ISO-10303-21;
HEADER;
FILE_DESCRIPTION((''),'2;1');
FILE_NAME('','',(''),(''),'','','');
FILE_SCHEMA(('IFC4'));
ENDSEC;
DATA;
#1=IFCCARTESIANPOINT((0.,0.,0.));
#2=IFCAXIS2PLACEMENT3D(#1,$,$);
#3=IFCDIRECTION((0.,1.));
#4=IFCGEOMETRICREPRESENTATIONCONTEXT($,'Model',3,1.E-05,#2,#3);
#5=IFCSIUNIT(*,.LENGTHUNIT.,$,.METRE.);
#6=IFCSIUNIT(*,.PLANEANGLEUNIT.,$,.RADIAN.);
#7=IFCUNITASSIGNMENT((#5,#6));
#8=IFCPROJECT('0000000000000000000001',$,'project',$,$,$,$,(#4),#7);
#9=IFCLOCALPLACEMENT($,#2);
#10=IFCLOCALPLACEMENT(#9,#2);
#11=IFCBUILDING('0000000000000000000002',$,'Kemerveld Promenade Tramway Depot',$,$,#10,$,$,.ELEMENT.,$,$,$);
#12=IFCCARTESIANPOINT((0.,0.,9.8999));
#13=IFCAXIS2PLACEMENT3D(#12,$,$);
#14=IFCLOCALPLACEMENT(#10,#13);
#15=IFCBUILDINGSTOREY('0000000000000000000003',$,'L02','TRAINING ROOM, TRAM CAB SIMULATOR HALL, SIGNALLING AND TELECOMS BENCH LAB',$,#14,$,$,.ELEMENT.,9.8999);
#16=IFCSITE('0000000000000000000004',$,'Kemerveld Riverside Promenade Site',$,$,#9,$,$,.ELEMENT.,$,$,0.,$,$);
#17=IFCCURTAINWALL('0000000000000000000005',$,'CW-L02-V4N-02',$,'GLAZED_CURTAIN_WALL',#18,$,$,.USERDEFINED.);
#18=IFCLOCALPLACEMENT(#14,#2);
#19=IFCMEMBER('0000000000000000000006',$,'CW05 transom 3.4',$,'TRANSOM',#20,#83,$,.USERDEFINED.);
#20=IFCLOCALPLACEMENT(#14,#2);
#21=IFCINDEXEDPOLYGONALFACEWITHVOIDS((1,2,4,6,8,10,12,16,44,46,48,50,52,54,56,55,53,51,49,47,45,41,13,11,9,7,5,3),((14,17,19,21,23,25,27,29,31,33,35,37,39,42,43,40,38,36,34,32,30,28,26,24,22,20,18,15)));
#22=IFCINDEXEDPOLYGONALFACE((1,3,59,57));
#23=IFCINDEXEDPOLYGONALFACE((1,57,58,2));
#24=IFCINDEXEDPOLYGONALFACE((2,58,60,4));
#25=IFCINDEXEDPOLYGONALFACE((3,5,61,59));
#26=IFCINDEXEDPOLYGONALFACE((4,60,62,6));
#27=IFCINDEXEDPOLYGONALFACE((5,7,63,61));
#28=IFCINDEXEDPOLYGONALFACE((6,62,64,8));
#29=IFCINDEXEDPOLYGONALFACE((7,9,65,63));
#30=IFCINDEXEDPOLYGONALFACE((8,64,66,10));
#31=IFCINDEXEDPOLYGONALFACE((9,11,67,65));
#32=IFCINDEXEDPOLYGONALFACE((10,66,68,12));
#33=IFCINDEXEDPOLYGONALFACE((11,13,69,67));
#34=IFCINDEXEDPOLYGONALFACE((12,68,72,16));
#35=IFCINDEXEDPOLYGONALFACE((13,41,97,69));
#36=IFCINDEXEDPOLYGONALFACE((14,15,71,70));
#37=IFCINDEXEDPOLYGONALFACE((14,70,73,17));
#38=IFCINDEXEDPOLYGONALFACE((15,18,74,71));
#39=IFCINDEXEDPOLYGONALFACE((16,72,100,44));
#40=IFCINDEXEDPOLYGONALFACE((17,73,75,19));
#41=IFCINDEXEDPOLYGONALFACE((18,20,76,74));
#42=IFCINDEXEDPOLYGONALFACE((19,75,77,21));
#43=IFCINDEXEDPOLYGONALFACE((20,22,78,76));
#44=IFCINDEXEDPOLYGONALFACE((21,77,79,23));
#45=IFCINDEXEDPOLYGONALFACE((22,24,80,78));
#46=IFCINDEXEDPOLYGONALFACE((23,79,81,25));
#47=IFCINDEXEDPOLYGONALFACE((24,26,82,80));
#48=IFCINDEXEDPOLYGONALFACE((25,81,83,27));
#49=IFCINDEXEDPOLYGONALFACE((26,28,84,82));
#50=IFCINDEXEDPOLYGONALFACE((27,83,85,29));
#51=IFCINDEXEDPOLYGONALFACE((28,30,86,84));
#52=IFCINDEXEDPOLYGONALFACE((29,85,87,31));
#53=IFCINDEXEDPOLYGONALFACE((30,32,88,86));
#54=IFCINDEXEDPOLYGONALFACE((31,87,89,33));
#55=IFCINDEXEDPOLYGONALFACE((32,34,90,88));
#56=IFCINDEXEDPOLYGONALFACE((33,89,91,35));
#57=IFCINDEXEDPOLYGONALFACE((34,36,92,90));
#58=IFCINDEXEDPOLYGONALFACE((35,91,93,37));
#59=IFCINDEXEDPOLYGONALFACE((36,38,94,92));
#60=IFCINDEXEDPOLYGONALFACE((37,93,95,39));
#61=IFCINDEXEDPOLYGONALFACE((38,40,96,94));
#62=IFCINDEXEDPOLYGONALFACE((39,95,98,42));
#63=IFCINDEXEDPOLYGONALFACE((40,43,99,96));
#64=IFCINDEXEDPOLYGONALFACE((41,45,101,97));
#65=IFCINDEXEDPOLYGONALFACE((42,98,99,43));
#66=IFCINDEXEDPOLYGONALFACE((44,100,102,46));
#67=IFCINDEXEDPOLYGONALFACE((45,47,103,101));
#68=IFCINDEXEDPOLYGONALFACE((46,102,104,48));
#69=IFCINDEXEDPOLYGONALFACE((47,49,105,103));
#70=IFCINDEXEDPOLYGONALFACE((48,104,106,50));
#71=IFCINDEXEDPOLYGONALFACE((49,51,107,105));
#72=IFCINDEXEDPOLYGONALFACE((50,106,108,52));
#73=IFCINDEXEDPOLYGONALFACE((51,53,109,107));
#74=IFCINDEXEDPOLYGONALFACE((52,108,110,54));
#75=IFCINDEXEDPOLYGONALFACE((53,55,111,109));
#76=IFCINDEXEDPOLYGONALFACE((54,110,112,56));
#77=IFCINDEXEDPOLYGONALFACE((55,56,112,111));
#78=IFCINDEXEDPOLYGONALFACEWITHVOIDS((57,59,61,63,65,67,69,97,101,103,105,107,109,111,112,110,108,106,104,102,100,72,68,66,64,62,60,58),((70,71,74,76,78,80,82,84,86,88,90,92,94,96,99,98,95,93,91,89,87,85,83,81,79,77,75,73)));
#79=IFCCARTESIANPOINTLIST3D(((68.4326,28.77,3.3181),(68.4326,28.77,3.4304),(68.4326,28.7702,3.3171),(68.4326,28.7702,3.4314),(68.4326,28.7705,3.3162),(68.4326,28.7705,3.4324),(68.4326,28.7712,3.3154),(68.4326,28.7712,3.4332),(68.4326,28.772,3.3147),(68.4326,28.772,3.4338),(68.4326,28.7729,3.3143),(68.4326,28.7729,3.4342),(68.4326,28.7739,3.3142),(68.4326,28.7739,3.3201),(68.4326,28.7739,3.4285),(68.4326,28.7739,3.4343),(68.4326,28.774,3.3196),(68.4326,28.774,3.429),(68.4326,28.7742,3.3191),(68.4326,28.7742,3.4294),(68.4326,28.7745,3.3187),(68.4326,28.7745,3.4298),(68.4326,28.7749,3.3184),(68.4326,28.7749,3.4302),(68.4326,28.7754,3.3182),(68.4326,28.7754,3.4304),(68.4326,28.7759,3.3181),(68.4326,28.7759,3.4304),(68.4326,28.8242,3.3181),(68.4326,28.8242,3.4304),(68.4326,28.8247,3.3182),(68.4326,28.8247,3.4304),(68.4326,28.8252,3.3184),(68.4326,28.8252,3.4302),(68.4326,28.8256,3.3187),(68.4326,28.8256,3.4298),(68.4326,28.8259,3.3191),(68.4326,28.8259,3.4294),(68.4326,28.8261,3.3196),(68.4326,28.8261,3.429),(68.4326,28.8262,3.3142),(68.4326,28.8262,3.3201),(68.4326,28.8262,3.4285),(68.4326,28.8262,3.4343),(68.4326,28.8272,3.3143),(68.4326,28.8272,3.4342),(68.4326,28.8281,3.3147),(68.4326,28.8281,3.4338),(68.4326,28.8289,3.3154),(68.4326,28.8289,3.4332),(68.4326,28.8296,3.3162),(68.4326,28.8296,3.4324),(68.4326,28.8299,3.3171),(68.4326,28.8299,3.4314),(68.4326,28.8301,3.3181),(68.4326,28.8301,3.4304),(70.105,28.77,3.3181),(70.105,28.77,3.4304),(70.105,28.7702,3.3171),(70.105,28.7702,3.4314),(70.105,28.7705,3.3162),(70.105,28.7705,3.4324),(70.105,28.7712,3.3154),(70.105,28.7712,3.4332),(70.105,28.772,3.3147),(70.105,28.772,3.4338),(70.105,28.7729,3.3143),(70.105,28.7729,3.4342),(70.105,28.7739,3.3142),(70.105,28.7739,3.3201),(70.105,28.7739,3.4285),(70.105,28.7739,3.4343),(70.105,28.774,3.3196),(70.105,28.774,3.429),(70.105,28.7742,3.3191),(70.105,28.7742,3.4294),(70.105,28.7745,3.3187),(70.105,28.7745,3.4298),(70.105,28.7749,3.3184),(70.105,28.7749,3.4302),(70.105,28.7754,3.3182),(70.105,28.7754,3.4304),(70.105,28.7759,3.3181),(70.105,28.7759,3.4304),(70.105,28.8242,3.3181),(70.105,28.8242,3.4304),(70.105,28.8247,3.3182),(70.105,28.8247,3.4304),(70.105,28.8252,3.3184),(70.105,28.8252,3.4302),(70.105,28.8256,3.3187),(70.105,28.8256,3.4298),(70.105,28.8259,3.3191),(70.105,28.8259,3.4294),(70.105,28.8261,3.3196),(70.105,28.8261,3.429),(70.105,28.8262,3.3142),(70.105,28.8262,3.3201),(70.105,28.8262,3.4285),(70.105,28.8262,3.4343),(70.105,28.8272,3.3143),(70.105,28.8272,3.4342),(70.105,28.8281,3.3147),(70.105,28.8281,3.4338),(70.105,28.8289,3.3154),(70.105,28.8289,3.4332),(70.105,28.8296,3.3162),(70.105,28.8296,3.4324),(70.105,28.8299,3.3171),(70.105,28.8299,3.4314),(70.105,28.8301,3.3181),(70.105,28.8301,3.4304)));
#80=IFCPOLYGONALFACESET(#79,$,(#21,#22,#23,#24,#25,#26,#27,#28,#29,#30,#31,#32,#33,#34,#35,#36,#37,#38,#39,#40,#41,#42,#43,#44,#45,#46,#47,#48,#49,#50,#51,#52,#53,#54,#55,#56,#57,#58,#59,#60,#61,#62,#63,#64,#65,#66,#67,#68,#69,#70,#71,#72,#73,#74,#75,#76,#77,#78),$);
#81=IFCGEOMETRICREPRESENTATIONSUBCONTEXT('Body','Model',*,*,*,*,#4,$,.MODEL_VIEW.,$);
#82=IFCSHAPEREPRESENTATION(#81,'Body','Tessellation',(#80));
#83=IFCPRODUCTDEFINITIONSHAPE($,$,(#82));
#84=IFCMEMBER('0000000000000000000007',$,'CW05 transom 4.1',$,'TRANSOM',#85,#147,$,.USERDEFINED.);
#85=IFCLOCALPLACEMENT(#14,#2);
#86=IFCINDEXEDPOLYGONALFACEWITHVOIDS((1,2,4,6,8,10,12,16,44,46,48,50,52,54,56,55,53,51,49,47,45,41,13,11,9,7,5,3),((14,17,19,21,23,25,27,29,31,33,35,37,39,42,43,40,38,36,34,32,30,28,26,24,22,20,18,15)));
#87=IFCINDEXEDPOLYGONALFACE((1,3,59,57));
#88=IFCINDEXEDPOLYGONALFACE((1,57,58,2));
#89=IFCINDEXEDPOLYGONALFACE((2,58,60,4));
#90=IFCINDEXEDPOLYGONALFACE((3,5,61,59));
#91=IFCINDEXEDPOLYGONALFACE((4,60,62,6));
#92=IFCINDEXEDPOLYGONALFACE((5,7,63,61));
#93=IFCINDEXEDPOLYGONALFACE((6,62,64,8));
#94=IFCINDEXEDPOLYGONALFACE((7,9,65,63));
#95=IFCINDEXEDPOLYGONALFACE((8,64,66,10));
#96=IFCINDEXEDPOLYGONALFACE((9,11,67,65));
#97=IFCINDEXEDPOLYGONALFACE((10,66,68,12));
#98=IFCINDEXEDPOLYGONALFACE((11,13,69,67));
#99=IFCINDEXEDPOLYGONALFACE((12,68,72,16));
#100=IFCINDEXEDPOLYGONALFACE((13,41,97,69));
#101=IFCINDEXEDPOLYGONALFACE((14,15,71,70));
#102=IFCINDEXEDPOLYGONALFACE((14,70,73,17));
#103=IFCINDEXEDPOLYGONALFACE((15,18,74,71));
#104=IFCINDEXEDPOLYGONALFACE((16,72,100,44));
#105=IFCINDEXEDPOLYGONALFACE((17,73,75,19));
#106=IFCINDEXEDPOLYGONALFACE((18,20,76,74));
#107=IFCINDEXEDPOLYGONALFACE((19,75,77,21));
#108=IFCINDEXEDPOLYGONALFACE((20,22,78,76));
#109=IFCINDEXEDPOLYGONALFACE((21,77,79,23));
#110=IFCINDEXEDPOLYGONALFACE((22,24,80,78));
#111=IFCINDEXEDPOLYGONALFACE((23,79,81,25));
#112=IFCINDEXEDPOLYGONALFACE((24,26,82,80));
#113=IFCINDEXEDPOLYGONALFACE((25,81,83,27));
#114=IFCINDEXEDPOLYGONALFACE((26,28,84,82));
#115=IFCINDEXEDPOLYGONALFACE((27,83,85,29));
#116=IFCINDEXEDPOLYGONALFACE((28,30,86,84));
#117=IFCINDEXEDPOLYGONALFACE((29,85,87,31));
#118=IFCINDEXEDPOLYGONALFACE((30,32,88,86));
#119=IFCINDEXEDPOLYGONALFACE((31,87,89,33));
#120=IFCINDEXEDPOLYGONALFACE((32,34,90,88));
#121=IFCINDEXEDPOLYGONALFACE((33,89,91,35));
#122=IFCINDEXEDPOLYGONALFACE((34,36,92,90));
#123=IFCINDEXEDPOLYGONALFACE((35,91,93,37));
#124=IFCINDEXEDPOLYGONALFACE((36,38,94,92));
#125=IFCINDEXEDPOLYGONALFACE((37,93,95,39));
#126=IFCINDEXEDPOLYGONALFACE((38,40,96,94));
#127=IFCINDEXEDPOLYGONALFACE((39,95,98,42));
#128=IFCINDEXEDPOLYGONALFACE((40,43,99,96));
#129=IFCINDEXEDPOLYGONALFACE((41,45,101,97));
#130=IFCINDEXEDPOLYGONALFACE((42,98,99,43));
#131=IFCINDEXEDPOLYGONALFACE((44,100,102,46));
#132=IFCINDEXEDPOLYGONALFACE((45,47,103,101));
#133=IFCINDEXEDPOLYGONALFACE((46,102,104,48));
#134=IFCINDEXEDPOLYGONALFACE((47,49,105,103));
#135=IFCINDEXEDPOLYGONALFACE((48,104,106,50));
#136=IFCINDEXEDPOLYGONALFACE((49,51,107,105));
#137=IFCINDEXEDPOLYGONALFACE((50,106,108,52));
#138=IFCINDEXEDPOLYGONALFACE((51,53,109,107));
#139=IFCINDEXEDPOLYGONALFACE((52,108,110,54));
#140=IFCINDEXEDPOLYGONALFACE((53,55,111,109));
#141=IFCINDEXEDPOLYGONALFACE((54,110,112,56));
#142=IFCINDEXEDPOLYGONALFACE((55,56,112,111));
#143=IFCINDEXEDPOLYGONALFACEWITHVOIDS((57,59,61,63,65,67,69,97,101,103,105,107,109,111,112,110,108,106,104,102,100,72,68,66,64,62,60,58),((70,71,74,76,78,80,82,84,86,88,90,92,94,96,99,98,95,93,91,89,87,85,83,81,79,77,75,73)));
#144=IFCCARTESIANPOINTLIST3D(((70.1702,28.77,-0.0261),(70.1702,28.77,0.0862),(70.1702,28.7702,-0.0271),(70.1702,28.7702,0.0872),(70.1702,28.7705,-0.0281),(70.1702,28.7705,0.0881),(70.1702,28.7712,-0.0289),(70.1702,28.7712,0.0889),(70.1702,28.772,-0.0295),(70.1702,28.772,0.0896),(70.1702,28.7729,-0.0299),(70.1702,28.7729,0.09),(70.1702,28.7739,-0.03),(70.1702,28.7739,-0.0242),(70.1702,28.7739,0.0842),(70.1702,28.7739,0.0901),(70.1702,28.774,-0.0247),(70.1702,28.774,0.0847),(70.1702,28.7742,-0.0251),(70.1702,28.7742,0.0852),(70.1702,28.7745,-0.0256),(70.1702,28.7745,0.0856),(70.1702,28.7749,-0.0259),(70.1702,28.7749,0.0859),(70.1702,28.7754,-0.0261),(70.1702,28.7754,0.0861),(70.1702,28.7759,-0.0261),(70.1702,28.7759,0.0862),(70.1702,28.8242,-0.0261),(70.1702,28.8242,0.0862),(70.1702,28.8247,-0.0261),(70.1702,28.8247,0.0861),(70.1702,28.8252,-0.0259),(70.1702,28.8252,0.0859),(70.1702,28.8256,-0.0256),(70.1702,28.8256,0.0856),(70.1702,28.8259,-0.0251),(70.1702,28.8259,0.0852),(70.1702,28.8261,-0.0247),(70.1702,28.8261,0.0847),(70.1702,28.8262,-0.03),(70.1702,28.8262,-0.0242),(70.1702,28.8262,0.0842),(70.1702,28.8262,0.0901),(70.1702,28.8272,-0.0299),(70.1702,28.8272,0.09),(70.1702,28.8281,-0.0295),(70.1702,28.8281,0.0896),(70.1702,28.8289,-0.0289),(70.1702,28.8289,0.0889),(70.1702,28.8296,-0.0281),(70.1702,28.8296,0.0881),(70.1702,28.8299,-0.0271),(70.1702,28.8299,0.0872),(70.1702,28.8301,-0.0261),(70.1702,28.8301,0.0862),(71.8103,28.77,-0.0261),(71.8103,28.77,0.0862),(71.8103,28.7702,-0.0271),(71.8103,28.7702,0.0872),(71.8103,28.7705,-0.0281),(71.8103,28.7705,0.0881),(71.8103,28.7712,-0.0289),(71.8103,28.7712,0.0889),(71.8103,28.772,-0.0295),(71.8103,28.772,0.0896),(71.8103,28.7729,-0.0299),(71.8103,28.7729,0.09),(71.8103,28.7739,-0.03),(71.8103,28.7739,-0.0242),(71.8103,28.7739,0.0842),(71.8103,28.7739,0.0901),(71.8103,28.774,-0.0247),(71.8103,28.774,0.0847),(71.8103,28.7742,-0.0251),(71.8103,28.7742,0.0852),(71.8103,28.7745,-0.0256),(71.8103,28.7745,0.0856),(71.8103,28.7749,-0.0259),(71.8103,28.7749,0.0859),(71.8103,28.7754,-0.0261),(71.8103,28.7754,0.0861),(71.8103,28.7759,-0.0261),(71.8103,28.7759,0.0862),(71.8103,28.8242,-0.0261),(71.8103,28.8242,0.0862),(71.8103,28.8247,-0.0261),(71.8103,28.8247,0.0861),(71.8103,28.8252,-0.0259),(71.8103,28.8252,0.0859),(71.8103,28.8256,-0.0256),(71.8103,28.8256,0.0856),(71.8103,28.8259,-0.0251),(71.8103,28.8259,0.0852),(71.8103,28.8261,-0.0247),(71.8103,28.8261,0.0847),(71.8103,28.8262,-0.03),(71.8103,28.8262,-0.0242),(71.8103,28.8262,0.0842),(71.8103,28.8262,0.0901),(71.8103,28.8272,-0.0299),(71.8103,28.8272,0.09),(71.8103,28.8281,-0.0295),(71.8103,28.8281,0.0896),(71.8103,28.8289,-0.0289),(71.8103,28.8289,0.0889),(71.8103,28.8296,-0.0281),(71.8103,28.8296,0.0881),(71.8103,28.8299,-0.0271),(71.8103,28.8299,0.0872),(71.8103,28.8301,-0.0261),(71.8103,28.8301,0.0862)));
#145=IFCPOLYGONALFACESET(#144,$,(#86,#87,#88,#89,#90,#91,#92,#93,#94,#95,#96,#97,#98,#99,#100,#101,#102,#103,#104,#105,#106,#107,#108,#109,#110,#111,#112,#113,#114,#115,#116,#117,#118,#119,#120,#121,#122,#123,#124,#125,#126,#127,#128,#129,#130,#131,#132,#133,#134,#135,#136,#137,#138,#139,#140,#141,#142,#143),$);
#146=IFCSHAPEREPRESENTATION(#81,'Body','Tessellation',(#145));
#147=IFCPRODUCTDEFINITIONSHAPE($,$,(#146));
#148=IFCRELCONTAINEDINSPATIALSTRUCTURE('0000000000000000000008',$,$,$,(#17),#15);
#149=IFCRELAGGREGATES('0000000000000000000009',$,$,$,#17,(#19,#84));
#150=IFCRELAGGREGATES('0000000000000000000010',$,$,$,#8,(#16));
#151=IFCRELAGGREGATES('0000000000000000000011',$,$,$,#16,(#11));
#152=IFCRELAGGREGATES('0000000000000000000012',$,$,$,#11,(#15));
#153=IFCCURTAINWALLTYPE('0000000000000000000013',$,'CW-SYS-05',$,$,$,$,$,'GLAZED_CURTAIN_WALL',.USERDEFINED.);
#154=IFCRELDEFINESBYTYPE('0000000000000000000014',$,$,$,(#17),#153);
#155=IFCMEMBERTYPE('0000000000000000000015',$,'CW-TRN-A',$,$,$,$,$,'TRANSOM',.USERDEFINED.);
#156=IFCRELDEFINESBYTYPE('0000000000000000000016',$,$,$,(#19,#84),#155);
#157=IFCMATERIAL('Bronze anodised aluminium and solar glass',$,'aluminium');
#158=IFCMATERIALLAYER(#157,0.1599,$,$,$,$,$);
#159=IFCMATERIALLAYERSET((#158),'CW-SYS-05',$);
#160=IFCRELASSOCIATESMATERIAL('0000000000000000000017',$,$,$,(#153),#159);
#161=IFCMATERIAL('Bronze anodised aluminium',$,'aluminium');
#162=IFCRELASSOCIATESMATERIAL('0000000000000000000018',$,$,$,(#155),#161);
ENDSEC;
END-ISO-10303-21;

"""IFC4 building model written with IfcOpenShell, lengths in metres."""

from ifc_helpers import new_model, si_unit, direction, frame, origin, origin_2d, place, context, subcontext, project, spatial, hollow_rectangle, extrude, material, layer, layer_set, material_profile, profile_set, type_object, element, aggregate, save


model = new_model("IFC4")

# Units and contexts
model_context = context("Model", 3, precision=1e-05, world=origin(), true_north=direction((0.0, 1.0)))
body_context = subcontext(model_context, "Body", "Model", "MODEL_VIEW")
ifc_project = project(units=[si_unit("LENGTHUNIT", "METRE"), si_unit("PLANEANGLEUNIT", "RADIAN")], contexts=[model_context])

# Site, building, storey
site_placement = place(None, origin())
site = spatial("IfcSite", under=ifc_project, at=site_placement, Name="Kemerveld Riverside Promenade Site", CompositionType="ELEMENT", RefElevation=0.0)
building_placement = place(site_placement, origin())
building = spatial("IfcBuilding", under=site, at=building_placement, Name="Kemerveld Promenade Tramway Depot", CompositionType="ELEMENT")
storey_placement = place(building_placement, frame((0.0, 0.0, 9.8999)))
storey = spatial("IfcBuildingStorey", under=building, at=storey_placement, Name="L02", Description="TRAINING ROOM, TRAM CAB SIMULATOR HALL, SIGNALLING AND TELECOMS BENCH LAB", CompositionType="ELEMENT", Elevation=9.8999)

# Curtain wall, members
ifc_material_1 = material(Name="Bronze anodised aluminium and solar glass", Category="aluminium")
ifc_layer_1 = layer(ifc_material_1, 0.1599)
ifc_layer_set_1 = layer_set([ifc_layer_1], Name="CW-SYS-05")
curtain_wall_type = type_object("IfcCurtainWallType", Name="CW-SYS-05", ElementType="GLAZED_CURTAIN_WALL", PredefinedType="USERDEFINED", material=ifc_layer_set_1)
curtain_wall_placement = place(storey_placement, origin())
curtain_wall = element("IfcCurtainWall", 1, at=curtain_wall_placement, inside=storey, type_object=curtain_wall_type, Name="CW-L02-V4N-02", ObjectType="GLAZED_CURTAIN_WALL", PredefinedType="USERDEFINED")
ifc_material_2 = material(Name="Bronze anodised aluminium", Category="aluminium")
ifc_material_profile_1 = material_profile(ifc_material_2, hollow_rectangle(XDim=0.0601, YDim=0.1201, WallThickness=0.0039, InnerFilletRadius=0.002, OuterFilletRadius=0.0039, at=origin_2d()), Name="CW-TRN-120x60")
ifc_profile_set_1 = profile_set([ifc_material_profile_1], Name="Bronze anodised aluminium")
member_type_1 = type_object("IfcMemberType", Name="CW-TRN-A", ElementType="TRANSOM", PredefinedType="USERDEFINED", material=ifc_profile_set_1)
member_1_placement = place(storey_placement, frame((68.4326, 28.8, 3.3743), z_axis=(1.0, 0.0, 0.0), x_axis=(0.0, 1.0, 0.0)))
member_1 = element("IfcMember", 2, at=member_1_placement, type_object=member_type_1, Name="CW05 transom 3.4", ObjectType="TRANSOM", PredefinedType="USERDEFINED", context=body_context, shape_type="SweptSolid", body=[
    extrude(hollow_rectangle(XDim=0.0601, YDim=0.1201, WallThickness=0.0039, InnerFilletRadius=0.002, OuterFilletRadius=0.0039, at=origin_2d()), origin(), (0.0, 0.0, 1.0), 1.6724),
])
member_2_placement = place(storey_placement, frame((70.1702, 28.8, 0.03), z_axis=(1.0, 0.0, 0.0), x_axis=(0.0, 1.0, 0.0)))
member_2 = element("IfcMember", 3, at=member_2_placement, type_object=member_type_1, Name="CW05 transom 4.1", ObjectType="TRANSOM", PredefinedType="USERDEFINED", context=body_context, shape_type="SweptSolid", body=[
    extrude(hollow_rectangle(XDim=0.0601, YDim=0.1201, WallThickness=0.0039, InnerFilletRadius=0.002, OuterFilletRadius=0.0039, at=origin_2d()), origin(), (0.0, 0.0, 1.0), 1.6401),
])
aggregate(curtain_wall, [member_1, member_2])

save(model, "model.ifc")
